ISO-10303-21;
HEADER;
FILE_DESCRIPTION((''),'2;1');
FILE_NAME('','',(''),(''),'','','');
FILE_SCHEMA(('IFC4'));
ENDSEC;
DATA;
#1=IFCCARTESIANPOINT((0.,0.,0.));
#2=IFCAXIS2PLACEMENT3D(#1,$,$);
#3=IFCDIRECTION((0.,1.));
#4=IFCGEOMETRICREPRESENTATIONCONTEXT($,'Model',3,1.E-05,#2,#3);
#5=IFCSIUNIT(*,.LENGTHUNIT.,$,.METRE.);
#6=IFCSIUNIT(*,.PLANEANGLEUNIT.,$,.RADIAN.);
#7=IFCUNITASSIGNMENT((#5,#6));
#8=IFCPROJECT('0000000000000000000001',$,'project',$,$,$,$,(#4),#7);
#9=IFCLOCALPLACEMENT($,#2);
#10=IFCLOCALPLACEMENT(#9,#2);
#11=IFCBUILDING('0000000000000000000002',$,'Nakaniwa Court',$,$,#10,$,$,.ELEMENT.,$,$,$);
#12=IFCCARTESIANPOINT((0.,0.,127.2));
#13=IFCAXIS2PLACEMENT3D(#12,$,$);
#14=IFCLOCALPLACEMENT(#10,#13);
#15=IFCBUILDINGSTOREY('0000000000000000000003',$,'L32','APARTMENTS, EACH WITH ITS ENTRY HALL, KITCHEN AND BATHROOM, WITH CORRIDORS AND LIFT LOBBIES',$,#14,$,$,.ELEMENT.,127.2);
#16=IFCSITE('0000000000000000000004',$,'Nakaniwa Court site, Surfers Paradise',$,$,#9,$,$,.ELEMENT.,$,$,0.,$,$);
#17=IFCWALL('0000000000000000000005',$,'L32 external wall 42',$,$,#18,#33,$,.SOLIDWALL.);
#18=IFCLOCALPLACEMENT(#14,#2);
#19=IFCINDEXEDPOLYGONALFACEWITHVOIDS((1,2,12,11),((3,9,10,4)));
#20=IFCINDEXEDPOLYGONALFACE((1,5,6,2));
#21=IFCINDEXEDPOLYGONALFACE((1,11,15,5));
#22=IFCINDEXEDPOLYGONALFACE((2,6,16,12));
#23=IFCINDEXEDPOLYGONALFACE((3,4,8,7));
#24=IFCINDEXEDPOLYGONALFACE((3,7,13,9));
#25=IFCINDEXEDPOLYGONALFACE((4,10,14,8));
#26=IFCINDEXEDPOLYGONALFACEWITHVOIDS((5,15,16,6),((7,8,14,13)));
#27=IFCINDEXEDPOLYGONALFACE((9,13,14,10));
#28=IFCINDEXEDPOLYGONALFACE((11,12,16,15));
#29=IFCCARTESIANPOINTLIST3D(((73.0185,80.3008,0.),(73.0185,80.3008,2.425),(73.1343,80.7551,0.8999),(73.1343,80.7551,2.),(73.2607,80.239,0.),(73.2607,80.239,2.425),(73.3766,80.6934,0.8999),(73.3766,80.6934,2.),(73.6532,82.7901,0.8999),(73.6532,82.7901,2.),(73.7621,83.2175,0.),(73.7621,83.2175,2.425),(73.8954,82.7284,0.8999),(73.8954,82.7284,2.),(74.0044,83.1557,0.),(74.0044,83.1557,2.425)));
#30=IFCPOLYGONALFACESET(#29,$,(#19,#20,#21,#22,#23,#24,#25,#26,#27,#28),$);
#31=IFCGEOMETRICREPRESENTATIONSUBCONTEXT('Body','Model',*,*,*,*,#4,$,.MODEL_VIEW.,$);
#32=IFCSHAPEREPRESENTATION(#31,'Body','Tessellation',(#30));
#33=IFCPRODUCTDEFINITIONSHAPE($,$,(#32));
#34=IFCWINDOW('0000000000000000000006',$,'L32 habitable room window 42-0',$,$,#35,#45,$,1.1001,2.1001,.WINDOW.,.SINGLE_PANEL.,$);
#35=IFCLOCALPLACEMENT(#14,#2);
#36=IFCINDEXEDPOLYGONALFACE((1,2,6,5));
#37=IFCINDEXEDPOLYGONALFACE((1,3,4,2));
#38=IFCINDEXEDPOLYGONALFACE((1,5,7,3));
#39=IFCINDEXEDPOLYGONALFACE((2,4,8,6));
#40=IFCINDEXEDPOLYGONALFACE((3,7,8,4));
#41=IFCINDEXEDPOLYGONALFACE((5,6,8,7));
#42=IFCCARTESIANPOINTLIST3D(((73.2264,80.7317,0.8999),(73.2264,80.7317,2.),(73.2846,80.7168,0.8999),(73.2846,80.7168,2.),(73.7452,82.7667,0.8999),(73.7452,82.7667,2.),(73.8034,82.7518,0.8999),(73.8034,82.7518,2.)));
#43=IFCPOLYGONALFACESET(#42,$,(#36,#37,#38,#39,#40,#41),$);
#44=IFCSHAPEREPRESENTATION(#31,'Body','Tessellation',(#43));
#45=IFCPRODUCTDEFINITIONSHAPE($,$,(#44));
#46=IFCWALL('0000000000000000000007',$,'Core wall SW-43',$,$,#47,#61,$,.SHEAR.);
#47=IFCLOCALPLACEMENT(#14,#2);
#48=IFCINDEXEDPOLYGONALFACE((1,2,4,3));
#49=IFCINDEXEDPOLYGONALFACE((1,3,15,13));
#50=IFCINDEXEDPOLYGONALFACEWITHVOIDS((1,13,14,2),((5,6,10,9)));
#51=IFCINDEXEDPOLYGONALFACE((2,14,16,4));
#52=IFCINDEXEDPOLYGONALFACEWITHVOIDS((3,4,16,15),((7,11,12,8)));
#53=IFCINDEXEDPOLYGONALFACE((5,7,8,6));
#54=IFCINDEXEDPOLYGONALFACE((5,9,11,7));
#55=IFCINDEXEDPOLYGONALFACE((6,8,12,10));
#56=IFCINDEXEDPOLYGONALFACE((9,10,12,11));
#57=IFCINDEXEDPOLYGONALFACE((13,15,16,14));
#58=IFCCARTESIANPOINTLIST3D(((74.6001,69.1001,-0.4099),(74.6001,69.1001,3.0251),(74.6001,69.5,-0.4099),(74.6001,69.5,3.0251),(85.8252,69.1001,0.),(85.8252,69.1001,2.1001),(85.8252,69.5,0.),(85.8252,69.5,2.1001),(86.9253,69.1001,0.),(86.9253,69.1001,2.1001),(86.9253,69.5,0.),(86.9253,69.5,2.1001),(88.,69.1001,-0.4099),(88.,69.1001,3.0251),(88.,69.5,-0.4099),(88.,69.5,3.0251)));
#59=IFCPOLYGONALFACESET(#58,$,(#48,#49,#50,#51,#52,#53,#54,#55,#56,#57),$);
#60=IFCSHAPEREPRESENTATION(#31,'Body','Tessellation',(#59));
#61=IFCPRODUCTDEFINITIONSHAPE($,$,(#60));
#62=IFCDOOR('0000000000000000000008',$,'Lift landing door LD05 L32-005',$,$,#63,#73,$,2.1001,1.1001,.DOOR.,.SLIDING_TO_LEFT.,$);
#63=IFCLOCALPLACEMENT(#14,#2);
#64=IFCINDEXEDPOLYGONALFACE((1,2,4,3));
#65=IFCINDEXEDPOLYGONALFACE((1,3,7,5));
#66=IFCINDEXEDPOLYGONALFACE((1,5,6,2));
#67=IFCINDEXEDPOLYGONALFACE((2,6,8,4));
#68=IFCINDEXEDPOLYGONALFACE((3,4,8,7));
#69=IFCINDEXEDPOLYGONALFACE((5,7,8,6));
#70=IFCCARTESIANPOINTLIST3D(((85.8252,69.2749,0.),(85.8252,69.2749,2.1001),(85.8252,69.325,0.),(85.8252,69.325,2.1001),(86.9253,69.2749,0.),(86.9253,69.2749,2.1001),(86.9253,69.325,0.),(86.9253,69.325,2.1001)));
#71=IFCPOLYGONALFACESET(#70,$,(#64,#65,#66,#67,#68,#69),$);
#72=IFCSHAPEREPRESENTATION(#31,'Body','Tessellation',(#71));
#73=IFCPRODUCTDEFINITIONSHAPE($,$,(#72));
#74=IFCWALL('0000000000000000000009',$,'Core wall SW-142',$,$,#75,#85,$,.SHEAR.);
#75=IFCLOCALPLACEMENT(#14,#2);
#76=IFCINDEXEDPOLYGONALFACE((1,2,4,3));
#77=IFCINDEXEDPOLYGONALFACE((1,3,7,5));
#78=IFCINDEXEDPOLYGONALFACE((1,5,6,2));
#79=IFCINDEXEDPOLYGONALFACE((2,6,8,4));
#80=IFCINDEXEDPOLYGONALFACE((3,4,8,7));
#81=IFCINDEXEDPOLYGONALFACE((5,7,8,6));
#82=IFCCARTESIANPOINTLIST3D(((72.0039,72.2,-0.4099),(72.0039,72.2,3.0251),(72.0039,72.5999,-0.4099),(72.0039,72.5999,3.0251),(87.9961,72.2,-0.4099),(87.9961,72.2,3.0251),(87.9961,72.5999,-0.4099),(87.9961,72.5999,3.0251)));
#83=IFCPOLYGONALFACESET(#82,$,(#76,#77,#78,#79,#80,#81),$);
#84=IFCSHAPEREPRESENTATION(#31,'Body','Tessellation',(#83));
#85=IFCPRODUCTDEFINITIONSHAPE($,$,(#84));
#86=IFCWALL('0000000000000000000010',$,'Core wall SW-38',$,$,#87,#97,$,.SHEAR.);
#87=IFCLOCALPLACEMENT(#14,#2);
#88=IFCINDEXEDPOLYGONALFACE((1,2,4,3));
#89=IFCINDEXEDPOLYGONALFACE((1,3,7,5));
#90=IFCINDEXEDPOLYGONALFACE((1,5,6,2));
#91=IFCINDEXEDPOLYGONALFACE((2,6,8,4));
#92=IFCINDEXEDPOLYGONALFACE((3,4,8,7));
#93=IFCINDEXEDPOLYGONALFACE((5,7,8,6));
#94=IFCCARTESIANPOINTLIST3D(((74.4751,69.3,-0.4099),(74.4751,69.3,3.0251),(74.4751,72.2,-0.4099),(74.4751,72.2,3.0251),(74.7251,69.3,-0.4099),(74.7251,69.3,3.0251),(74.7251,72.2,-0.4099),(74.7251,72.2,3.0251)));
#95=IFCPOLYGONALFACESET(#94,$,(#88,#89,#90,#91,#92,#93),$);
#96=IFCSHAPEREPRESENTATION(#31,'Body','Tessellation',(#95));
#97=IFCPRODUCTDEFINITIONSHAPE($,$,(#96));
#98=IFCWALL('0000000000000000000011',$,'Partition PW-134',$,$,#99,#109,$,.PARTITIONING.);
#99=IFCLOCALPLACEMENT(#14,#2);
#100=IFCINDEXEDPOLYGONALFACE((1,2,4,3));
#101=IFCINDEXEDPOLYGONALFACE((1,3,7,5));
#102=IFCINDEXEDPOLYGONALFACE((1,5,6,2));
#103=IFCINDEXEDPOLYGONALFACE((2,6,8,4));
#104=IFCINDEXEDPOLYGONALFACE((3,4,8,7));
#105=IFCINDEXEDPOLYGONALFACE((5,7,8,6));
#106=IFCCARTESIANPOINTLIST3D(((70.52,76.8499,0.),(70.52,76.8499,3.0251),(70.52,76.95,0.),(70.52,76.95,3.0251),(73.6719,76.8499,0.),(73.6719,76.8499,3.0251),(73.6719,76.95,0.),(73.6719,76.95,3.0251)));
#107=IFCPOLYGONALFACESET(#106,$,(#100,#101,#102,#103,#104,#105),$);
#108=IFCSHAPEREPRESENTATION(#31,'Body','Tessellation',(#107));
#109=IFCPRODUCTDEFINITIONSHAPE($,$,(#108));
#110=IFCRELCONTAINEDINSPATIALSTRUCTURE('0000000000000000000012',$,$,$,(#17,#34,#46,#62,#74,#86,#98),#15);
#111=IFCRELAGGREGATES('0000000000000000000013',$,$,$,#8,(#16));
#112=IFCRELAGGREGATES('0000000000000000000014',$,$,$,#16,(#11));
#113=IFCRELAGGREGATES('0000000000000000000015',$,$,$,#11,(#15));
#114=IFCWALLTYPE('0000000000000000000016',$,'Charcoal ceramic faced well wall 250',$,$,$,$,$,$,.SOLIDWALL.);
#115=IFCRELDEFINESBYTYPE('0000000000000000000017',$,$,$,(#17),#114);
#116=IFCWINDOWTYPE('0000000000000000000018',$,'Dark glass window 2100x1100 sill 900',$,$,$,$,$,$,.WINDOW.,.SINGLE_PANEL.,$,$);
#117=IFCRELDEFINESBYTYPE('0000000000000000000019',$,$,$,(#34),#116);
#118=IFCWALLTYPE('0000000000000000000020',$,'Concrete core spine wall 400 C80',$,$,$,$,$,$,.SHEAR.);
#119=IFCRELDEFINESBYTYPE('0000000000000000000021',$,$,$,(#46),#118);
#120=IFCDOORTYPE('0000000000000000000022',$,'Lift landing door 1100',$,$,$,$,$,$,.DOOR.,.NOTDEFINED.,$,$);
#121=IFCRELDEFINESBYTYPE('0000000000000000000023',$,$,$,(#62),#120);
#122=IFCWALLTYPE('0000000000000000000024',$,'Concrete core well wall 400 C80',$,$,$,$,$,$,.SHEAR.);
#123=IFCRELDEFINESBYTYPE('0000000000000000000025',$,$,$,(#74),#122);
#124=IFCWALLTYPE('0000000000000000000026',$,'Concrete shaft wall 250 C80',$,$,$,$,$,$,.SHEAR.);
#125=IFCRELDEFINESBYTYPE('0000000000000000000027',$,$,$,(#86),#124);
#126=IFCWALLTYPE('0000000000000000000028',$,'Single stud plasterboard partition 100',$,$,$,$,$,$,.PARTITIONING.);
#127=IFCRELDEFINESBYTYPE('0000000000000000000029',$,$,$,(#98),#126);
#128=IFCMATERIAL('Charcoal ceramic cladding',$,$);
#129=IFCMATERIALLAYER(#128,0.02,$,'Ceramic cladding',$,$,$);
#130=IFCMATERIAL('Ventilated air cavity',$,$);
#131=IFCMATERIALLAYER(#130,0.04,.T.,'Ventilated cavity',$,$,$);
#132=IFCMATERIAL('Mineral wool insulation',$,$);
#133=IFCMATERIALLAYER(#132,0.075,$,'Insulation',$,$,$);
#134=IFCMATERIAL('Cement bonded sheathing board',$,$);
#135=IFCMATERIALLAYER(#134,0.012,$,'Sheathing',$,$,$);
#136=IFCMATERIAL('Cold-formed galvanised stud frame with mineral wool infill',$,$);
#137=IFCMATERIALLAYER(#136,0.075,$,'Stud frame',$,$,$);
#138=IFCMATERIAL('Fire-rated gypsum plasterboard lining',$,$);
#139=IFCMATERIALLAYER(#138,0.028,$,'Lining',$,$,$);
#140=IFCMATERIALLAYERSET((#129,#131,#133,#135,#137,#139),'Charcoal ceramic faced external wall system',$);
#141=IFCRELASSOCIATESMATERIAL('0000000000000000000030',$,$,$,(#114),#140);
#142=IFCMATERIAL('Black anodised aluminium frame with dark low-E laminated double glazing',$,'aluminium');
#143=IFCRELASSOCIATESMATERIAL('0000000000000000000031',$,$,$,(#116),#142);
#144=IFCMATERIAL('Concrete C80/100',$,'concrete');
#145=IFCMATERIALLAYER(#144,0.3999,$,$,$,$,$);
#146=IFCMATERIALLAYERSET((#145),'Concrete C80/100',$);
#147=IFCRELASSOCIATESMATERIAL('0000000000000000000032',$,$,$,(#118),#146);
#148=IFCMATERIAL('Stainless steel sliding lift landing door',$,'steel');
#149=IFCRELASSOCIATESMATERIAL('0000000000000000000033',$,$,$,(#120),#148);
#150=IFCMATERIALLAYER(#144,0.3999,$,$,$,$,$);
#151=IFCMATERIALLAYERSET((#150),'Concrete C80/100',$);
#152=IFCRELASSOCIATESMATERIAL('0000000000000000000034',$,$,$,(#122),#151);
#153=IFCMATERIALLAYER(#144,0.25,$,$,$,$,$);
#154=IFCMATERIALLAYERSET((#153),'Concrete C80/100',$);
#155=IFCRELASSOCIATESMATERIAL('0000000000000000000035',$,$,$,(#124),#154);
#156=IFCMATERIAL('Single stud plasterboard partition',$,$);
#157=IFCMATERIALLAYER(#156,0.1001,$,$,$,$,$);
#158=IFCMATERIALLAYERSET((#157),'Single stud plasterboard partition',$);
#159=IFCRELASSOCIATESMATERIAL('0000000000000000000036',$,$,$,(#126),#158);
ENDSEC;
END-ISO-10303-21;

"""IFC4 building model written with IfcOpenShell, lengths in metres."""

from ifc_helpers import new_model, si_unit, direction, frame, frame_2d, origin, place, context, subcontext, project, spatial, rectangle, extrude, material, layer, layer_set, type_object, element, fill, save


model = new_model("IFC4")

# Units and contexts
model_context = context("Model", 3, precision=1e-05, world=origin(), true_north=direction((0.0, 1.0)))
body_context = subcontext(model_context, "Body", "Model", "MODEL_VIEW")
ifc_project = project(units=[si_unit("LENGTHUNIT", "METRE"), si_unit("PLANEANGLEUNIT", "RADIAN")], contexts=[model_context])

# Site, building, storey
site_placement = place(None, origin())
site = spatial("IfcSite", under=ifc_project, at=site_placement, Name="Nakaniwa Court site, Surfers Paradise", CompositionType="ELEMENT", RefElevation=0.0)
building_placement = place(site_placement, origin())
building = spatial("IfcBuilding", under=site, at=building_placement, Name="Nakaniwa Court", CompositionType="ELEMENT")
storey_placement = place(building_placement, frame((0.0, 0.0, 127.2)))
storey = spatial("IfcBuildingStorey", under=building, at=storey_placement, Name="L32", Description="APARTMENTS, EACH WITH ITS ENTRY HALL, KITCHEN AND BATHROOM, WITH CORRIDORS AND LIFT LOBBIES", CompositionType="ELEMENT", Elevation=127.2)

# Shared definitions
ifc_material_1 = material(Name="Concrete C80/100", Category="concrete")

# Wall, opening, window
ifc_material_2 = material(Name="Charcoal ceramic cladding")
ifc_layer_1 = layer(ifc_material_2, 0.02, Name="Ceramic cladding")
ifc_material_3 = material(Name="Ventilated air cavity")
ifc_layer_2 = layer(ifc_material_3, 0.04, ventilated=True, Name="Ventilated cavity")
ifc_material_4 = material(Name="Mineral wool insulation")
ifc_layer_3 = layer(ifc_material_4, 0.075, Name="Insulation")
ifc_material_5 = material(Name="Cement bonded sheathing board")
ifc_layer_4 = layer(ifc_material_5, 0.012, Name="Sheathing")
ifc_material_6 = material(Name="Cold-formed galvanised stud frame with mineral wool infill")
ifc_layer_5 = layer(ifc_material_6, 0.075, Name="Stud frame")
ifc_material_7 = material(Name="Fire-rated gypsum plasterboard lining")
ifc_layer_6 = layer(ifc_material_7, 0.028, Name="Lining")
ifc_layer_set_1 = layer_set([ifc_layer_1, ifc_layer_2, ifc_layer_3, ifc_layer_4, ifc_layer_5, ifc_layer_6], Name="Charcoal ceramic faced external wall system")
wall_type_1 = type_object("IfcWallType", Name="Charcoal ceramic faced well wall 250", PredefinedType="SOLIDWALL", material=ifc_layer_set_1)
ifc_material_8 = material(Name="Black anodised aluminium frame with dark low-E laminated double glazing", Category="aluminium")
window_type = type_object("IfcWindowType", Name="Dark glass window 2100x1100 sill 900", PartitioningType="SINGLE_PANEL", PredefinedType="WINDOW", material=ifc_material_8)
wall_1_placement = place(storey_placement, frame((73.1396, 80.27, 0.0), z_axis=(0.0, 0.0, 1.0), x_axis=(0.247056, 0.969001, 0.0)))
wall_1 = element("IfcWall", 1, at=wall_1_placement, inside=storey, type_object=wall_type_1, Name="L32 external wall 42", PredefinedType="SOLIDWALL", context=body_context, shape_type="SweptSolid", body=[
    extrude(rectangle(XDim=3.01, YDim=0.25, at=frame_2d((1.5049, 0.0))), origin(), (0.0, 0.0, 1.0), 2.425),
])
opening_1_placement = place(wall_1_placement, frame((0.4688, 0.0, 0.8999)))
opening_1 = element("IfcOpeningElement", 2, at=opening_1_placement, cuts=wall_1, PredefinedType="OPENING", context=body_context, shape_type="SweptSolid", body=[
    extrude(rectangle(XDim=2.1001, YDim=1.1001, at=frame_2d((1.05, 0.55))), frame((0.0, 0.135, 0.0), z_axis=(0.0, -1.0, 0.0), x_axis=(1.0, 0.0, 0.0)), (0.0, 0.0, 1.0), 0.27),
])
window_1_placement = place(opening_1_placement, origin())
window_1 = element("IfcWindow", 3, at=window_1_placement, inside=storey, type_object=window_type, Name="L32 habitable room window 42-0", OverallHeight=1.1001, OverallWidth=2.1001, PartitioningType="SINGLE_PANEL", PredefinedType="WINDOW", context=body_context, shape_type="SweptSolid", body=[
    extrude(rectangle(XDim=2.1001, YDim=1.1001, at=frame_2d((1.05, 0.55))), frame((0.0, 0.03, 0.0), z_axis=(0.0, -1.0, 0.0), x_axis=(1.0, 0.0, 0.0)), (0.0, 0.0, 1.0), 0.0601),
])
fill(opening_1, window_1)

# Wall, opening, door
ifc_layer_7 = layer(ifc_material_1, 0.3999)
ifc_layer_set_2 = layer_set([ifc_layer_7], Name="Concrete C80/100")
wall_type_2 = type_object("IfcWallType", Name="Concrete core spine wall 400 C80", PredefinedType="SHEAR", material=ifc_layer_set_2)
wall_2_placement = place(storey_placement, frame((74.6001, 69.3, -0.4099), z_axis=(0.0, 0.0, 1.0), x_axis=(1.0, 0.0, 0.0)))
wall_2 = element("IfcWall", 4, at=wall_2_placement, inside=storey, type_object=wall_type_2, Name="Core wall SW-43", PredefinedType="SHEAR", context=body_context, shape_type="SweptSolid", body=[
    extrude(rectangle(XDim=13.3999, YDim=0.3999, at=frame_2d((6.7, 0.0))), origin(), (0.0, 0.0, 1.0), 3.4351),
])
opening_2_placement = place(wall_2_placement, frame((11.2251, 0.0, 0.4099)))
opening_2 = element("IfcOpeningElement", 5, at=opening_2_placement, cuts=wall_2, PredefinedType="OPENING", context=body_context, shape_type="SweptSolid", body=[
    extrude(rectangle(XDim=1.1001, YDim=2.1001, at=frame_2d((0.55, 1.05))), frame((0.0, 0.21, 0.0), z_axis=(0.0, -1.0, 0.0), x_axis=(1.0, 0.0, 0.0)), (0.0, 0.0, 1.0), 0.4199),
])
ifc_material_9 = material(Name="Stainless steel sliding lift landing door", Category="steel")
door_type_1 = type_object("IfcDoorType", Name="Lift landing door 1100", OperationType="NOTDEFINED", PredefinedType="DOOR", material=ifc_material_9)
door_1_placement = place(opening_2_placement, origin())
door_1 = element("IfcDoor", 6, at=door_1_placement, inside=storey, type_object=door_type_1, Name="Lift landing door LD05 L32-005", OperationType="SLIDING_TO_LEFT", OverallHeight=2.1001, OverallWidth=1.1001, PredefinedType="DOOR", context=body_context, shape_type="SweptSolid", body=[
    extrude(rectangle(XDim=1.1001, YDim=2.1001, at=frame_2d((0.55, 1.05))), frame((0.0, 0.0249, 0.0), z_axis=(0.0, -1.0, 0.0), x_axis=(1.0, 0.0, 0.0)), (0.0, 0.0, 1.0), 0.05),
])
fill(opening_2, door_1)

# Walls
ifc_layer_8 = layer(ifc_material_1, 0.3999)
ifc_layer_set_3 = layer_set([ifc_layer_8], Name="Concrete C80/100")
wall_type_3 = type_object("IfcWallType", Name="Concrete core well wall 400 C80", PredefinedType="SHEAR", material=ifc_layer_set_3)
wall_3_placement = place(storey_placement, frame((72.0039, 72.3999, -0.4099), z_axis=(0.0, 0.0, 1.0), x_axis=(1.0, 0.0, 0.0)))
element("IfcWall", 7, at=wall_3_placement, inside=storey, type_object=wall_type_3, Name="Core wall SW-142", PredefinedType="SHEAR", context=body_context, shape_type="SweptSolid", body=[
    extrude(rectangle(XDim=15.9922, YDim=0.3999, at=frame_2d((7.9961, 0.0))), origin(), (0.0, 0.0, 1.0), 3.4351),
])
ifc_layer_9 = layer(ifc_material_1, 0.25)
ifc_layer_set_4 = layer_set([ifc_layer_9], Name="Concrete C80/100")
wall_type_4 = type_object("IfcWallType", Name="Concrete shaft wall 250 C80", PredefinedType="SHEAR", material=ifc_layer_set_4)
wall_4_placement = place(storey_placement, frame((74.6001, 69.3, -0.4099), z_axis=(0.0, 0.0, 1.0), x_axis=(0.0, 1.0, 0.0)))
element("IfcWall", 8, at=wall_4_placement, inside=storey, type_object=wall_type_4, Name="Core wall SW-38", PredefinedType="SHEAR", context=body_context, shape_type="SweptSolid", body=[
    extrude(rectangle(XDim=2.8999, YDim=0.25, at=frame_2d((1.45, 0.0))), origin(), (0.0, 0.0, 1.0), 3.4351),
])
ifc_material_10 = material(Name="Single stud plasterboard partition")
ifc_layer_10 = layer(ifc_material_10, 0.1001)
ifc_layer_set_5 = layer_set([ifc_layer_10], Name="Single stud plasterboard partition")
wall_type_5 = type_object("IfcWallType", Name="Single stud plasterboard partition 100", PredefinedType="PARTITIONING", material=ifc_layer_set_5)
wall_5_placement = place(storey_placement, frame((70.52, 76.8999, 0.0), z_axis=(0.0, 0.0, 1.0), x_axis=(1.0, 0.0, 0.0)))
element("IfcWall", 9, at=wall_5_placement, inside=storey, type_object=wall_type_5, Name="Partition PW-134", PredefinedType="PARTITIONING", context=body_context, shape_type="SweptSolid", body=[
    extrude(rectangle(XDim=3.1519, YDim=0.1001, at=frame_2d((1.5759, 0.0))), origin(), (0.0, 0.0, 1.0), 3.0251),
])

save(model, "model.ifc")
